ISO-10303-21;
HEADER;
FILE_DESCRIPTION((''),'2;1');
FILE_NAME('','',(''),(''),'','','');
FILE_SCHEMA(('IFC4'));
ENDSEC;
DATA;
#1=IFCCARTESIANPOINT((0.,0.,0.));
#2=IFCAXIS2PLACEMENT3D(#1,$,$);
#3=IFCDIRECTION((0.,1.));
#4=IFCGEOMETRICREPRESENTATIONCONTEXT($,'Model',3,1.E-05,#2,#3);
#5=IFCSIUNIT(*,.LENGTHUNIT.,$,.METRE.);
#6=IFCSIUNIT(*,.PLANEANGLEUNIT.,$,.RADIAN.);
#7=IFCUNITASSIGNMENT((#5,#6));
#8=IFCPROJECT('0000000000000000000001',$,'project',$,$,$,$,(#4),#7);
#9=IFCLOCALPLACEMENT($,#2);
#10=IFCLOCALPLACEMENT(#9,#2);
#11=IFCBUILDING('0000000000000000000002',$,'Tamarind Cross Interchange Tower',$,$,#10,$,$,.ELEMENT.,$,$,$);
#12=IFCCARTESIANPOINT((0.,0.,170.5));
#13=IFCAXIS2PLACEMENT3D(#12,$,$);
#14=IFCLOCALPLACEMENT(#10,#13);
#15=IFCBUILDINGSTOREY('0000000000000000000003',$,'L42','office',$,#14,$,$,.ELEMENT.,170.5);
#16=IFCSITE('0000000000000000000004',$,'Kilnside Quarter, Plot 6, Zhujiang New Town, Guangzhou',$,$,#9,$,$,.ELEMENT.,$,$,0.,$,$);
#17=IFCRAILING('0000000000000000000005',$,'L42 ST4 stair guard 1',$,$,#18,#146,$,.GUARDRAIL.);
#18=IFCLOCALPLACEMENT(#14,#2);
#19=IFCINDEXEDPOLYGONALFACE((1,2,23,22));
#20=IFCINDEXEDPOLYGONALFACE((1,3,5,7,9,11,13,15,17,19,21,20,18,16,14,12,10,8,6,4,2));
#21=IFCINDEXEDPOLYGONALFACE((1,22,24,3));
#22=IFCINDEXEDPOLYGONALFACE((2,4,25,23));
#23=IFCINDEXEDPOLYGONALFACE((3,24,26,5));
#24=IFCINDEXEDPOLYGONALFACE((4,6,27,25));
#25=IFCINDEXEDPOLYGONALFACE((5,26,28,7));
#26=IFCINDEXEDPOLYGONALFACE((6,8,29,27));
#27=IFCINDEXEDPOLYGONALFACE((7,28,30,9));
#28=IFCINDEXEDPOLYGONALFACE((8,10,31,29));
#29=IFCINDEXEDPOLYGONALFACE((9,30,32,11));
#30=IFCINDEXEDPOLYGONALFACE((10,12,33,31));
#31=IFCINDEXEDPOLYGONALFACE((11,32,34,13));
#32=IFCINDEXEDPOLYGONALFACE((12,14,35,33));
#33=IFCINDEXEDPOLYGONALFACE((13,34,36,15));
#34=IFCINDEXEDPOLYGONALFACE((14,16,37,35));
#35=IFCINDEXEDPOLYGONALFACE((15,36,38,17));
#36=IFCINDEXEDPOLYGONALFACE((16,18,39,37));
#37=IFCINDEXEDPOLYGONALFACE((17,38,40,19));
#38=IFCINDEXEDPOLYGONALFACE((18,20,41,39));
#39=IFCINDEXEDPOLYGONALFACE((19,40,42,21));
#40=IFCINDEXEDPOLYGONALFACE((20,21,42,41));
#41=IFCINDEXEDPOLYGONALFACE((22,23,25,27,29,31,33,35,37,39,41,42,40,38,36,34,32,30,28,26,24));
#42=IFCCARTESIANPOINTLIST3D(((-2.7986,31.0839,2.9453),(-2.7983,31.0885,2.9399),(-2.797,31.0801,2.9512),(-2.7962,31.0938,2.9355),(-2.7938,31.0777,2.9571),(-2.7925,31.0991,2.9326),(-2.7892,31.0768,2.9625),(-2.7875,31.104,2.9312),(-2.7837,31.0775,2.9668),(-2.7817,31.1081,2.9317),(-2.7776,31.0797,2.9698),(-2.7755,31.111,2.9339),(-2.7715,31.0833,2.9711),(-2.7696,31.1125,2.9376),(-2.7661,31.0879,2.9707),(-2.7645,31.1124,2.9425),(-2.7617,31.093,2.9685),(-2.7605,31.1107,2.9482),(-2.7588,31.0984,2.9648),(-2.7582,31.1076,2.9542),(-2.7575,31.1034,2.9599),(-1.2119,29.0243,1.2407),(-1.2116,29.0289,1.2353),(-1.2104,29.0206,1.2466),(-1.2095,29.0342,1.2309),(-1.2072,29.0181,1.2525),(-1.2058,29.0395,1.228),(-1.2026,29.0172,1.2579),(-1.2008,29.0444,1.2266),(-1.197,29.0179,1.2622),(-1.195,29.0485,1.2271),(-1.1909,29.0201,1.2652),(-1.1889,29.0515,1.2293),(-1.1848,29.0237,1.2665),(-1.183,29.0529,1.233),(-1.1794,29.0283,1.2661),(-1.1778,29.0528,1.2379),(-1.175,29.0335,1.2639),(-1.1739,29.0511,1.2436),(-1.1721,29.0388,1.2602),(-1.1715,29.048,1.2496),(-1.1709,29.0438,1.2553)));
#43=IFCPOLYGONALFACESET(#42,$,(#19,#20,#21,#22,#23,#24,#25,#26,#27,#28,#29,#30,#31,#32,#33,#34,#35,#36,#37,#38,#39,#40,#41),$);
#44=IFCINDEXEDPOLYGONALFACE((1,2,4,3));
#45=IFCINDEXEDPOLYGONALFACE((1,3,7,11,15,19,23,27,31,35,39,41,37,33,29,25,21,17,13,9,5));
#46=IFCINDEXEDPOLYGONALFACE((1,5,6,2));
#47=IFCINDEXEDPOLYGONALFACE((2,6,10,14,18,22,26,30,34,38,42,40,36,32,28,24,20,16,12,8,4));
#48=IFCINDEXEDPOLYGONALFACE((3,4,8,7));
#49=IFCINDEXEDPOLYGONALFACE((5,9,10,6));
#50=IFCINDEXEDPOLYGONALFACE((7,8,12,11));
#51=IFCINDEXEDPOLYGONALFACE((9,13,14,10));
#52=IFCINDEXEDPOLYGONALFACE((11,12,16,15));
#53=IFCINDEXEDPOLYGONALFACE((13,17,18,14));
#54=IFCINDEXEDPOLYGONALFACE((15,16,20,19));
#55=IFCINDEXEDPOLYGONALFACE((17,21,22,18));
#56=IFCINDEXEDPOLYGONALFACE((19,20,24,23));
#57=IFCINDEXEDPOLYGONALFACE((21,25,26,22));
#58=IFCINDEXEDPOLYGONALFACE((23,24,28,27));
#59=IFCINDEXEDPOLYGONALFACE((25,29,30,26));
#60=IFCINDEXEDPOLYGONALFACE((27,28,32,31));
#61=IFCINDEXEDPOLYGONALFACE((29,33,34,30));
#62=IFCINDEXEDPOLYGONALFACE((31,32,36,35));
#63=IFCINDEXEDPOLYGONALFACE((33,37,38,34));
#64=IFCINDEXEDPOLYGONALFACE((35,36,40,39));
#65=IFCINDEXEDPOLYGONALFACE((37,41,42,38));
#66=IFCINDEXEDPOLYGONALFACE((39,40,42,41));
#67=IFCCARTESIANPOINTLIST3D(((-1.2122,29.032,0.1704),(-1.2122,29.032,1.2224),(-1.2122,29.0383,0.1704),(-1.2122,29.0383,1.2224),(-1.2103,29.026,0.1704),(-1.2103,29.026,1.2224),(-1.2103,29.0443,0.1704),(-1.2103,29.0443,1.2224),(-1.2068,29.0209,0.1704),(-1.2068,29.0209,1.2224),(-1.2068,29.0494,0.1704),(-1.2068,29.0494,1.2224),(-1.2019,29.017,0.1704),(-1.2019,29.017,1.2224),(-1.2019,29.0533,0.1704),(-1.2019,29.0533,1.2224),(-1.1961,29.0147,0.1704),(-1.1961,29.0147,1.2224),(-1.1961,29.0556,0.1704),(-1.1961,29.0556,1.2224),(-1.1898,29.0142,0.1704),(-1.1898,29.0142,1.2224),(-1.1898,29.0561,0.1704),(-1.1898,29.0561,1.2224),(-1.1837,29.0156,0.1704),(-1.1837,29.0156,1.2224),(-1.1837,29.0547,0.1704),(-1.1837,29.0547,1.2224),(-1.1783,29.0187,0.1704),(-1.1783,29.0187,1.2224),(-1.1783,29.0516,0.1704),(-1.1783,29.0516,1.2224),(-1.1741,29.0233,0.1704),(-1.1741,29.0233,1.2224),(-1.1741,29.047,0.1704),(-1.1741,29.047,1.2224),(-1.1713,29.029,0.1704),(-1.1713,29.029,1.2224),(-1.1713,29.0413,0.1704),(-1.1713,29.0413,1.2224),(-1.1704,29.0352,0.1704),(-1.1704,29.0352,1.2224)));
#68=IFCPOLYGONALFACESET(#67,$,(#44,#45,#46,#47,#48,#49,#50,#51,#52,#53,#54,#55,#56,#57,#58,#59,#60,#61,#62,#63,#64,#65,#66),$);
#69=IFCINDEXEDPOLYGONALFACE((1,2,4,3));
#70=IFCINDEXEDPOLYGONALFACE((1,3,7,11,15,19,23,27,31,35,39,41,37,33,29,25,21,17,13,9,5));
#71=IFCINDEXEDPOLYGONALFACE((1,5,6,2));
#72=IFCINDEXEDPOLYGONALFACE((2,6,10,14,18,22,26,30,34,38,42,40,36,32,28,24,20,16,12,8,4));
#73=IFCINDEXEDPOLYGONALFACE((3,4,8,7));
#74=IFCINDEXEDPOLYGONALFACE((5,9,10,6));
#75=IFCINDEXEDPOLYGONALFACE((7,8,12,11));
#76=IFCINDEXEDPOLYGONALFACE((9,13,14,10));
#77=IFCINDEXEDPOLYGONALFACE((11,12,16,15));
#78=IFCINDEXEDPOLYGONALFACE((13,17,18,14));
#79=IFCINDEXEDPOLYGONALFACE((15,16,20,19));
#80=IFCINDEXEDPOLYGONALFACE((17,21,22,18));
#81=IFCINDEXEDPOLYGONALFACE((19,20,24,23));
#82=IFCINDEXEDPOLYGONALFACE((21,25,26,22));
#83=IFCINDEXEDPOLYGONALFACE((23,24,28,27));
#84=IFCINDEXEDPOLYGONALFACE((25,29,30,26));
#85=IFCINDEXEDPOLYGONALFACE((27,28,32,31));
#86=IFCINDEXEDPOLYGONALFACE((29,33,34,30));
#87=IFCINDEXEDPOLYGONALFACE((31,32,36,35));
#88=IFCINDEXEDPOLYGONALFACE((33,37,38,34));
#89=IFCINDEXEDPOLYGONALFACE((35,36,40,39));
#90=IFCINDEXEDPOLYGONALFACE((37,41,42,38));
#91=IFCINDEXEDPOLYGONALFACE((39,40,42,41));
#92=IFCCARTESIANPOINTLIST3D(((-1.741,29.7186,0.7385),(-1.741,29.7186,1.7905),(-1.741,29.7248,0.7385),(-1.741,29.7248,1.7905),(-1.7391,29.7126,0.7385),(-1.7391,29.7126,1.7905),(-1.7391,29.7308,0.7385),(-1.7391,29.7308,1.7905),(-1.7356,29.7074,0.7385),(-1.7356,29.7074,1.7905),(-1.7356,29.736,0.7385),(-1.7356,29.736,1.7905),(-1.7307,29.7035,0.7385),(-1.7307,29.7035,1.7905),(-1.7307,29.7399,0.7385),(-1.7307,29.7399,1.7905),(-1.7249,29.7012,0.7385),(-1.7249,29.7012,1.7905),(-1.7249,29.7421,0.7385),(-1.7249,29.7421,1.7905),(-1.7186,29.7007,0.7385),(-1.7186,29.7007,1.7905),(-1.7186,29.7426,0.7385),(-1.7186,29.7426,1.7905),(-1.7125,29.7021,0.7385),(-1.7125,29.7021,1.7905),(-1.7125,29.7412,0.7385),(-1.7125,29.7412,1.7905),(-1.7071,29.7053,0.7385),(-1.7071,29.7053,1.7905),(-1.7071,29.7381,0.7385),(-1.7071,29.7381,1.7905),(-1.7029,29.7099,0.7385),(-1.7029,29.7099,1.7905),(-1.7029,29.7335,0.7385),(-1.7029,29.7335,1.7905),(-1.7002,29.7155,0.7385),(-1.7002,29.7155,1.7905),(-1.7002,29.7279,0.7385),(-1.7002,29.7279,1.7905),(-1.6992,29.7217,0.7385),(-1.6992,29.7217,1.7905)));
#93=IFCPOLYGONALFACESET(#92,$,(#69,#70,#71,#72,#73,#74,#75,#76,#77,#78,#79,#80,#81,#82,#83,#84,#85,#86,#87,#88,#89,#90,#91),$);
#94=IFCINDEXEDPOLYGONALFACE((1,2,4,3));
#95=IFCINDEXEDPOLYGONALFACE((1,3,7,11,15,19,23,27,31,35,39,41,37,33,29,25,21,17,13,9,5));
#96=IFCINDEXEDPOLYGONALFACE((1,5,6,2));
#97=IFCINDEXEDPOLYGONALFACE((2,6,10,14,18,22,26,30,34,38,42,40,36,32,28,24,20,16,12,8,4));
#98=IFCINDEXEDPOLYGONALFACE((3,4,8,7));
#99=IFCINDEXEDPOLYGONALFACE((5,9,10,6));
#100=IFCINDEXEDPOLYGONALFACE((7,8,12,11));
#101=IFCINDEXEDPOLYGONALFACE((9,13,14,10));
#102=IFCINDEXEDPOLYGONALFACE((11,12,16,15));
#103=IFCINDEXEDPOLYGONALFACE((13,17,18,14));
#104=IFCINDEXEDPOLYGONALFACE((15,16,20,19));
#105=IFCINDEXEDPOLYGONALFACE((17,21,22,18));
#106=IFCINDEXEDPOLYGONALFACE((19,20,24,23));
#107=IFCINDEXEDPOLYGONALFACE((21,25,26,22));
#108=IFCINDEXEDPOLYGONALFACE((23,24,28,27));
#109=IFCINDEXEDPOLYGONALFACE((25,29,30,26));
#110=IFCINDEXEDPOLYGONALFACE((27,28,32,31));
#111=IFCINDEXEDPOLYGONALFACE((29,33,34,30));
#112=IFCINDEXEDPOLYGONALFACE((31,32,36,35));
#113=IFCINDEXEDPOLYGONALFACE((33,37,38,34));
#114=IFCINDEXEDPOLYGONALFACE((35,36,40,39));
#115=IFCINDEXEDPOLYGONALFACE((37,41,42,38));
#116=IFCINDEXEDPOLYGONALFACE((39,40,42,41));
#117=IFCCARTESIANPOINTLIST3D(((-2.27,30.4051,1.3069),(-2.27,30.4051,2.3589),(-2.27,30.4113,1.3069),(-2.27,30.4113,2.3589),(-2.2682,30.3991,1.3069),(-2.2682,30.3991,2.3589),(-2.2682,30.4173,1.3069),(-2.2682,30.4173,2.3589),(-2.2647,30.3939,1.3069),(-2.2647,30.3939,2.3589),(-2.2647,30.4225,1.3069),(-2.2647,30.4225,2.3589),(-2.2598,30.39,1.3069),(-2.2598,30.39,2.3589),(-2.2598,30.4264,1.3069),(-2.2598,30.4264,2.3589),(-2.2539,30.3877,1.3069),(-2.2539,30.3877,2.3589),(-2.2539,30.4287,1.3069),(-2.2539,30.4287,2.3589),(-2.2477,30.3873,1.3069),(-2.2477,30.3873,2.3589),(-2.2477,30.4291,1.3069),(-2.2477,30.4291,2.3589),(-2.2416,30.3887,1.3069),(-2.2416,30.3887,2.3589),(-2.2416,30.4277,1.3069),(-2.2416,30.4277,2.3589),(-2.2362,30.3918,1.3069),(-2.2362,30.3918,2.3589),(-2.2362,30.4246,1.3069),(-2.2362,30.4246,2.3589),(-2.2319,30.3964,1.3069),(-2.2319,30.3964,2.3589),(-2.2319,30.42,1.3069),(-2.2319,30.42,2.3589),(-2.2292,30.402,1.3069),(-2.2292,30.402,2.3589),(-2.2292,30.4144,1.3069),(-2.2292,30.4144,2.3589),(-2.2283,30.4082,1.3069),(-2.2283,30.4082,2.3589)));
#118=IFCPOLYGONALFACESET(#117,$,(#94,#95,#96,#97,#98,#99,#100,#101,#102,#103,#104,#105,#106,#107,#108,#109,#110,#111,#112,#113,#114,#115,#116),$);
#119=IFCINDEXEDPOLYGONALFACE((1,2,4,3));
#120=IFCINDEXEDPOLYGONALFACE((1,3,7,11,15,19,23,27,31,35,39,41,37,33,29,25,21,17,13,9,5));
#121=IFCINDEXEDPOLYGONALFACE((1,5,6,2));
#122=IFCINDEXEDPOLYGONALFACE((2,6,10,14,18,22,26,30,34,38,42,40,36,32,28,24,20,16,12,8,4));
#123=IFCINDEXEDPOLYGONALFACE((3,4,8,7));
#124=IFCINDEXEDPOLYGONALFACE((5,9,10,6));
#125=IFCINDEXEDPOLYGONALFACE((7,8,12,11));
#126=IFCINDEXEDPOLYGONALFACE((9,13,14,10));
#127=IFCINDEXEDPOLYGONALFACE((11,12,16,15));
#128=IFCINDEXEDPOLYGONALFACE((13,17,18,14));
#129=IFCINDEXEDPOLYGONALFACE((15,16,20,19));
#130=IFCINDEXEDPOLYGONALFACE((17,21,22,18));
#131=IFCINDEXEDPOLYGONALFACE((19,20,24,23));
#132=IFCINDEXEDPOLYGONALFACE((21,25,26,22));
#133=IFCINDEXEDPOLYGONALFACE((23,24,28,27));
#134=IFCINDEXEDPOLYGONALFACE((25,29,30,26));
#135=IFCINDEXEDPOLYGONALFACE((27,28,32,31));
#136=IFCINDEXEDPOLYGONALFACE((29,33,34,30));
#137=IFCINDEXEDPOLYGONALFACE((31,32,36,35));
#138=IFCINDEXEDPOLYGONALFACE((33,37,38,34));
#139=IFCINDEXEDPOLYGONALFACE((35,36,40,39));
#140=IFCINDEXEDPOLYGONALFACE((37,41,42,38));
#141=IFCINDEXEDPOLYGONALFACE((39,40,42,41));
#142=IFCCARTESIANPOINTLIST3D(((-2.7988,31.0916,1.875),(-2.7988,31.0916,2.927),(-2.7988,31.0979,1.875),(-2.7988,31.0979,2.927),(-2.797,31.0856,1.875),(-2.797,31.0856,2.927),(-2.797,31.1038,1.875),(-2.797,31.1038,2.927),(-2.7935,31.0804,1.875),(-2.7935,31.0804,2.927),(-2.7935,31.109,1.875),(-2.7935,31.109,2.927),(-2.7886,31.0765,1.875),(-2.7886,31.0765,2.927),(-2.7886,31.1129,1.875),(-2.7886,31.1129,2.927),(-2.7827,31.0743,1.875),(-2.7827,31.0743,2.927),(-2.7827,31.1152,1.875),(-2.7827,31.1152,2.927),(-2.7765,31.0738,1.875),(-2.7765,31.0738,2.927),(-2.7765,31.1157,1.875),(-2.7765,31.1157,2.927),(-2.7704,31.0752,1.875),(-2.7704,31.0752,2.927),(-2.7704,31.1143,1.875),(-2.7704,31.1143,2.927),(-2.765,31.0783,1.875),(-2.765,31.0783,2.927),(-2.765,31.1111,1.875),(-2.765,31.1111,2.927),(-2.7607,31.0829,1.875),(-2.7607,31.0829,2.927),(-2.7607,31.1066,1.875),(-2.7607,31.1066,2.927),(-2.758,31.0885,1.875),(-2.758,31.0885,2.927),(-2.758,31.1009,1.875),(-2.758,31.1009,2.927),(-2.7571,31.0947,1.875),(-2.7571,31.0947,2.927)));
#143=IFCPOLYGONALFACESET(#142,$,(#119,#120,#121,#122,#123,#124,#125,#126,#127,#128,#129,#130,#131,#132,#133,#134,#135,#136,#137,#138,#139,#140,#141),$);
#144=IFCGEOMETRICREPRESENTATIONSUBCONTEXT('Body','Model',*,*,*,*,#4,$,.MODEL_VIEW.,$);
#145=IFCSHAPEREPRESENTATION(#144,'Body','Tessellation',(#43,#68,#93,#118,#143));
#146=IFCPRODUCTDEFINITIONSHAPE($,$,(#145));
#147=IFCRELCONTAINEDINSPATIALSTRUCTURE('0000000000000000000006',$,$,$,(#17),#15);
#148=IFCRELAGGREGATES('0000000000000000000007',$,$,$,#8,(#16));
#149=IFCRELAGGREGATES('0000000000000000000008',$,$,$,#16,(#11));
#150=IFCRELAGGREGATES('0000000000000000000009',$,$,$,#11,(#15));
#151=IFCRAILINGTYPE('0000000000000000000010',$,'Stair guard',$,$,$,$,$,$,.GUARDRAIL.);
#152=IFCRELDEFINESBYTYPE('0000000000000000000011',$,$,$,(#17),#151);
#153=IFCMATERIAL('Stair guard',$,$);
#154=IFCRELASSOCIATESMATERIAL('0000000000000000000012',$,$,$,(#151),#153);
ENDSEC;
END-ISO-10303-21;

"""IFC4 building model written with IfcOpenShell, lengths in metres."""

from ifc_helpers import new_model, si_unit, direction, frame, origin, origin_2d, place, context, subcontext, project, spatial, circle, extrude, material, type_object, element, save


model = new_model("IFC4")

# Units and contexts
model_context = context("Model", 3, precision=1e-05, world=origin(), true_north=direction((0.0, 1.0)))
body_context = subcontext(model_context, "Body", "Model", "MODEL_VIEW")
ifc_project = project(units=[si_unit("LENGTHUNIT", "METRE"), si_unit("PLANEANGLEUNIT", "RADIAN")], contexts=[model_context])

# Site, building, storey
site_placement = place(None, origin())
site = spatial("IfcSite", under=ifc_project, at=site_placement, Name="Kilnside Quarter, Plot 6, Zhujiang New Town, Guangzhou", CompositionType="ELEMENT", RefElevation=0.0)
building_placement = place(site_placement, origin())
building = spatial("IfcBuilding", under=site, at=building_placement, Name="Tamarind Cross Interchange Tower", CompositionType="ELEMENT")
storey_placement = place(building_placement, frame((0.0, 0.0, 170.5)))
storey = spatial("IfcBuildingStorey", under=building, at=storey_placement, Name="L42", Description="office", CompositionType="ELEMENT", Elevation=170.5)

# Railing
ifc_material_1 = material(Name="Stair guard")
railing_type_1 = type_object("IfcRailingType", Name="Stair guard", PredefinedType="GUARDRAIL", material=ifc_material_1)
railing_1_placement = place(storey_placement, frame((-1.1914, 29.0352, 0.1704)))
element("IfcRailing", 1, at=railing_1_placement, inside=storey, type_object=railing_type_1, Name="L42 ST4 stair guard 1", PredefinedType="GUARDRAIL", context=body_context, shape_type="SweptSolid", body=[
    extrude(circle(Radius=0.0239, at=origin_2d()), frame((0.0, 0.0, 1.0762), z_axis=(-0.510371, 0.662485, 0.548302), x_axis=(-0.79218, -0.610287, 0.0)), (0.0, 0.0, 1.0), 3.1089),
    extrude(circle(Radius=0.021, at=origin_2d()), origin(), (0.0, 0.0, 1.0), 1.052),
    extrude(circle(Radius=0.021, at=origin_2d()), frame((-0.5288, 0.6865, 0.5681)), (0.0, 0.0, 1.0), 1.052),
    extrude(circle(Radius=0.021, at=origin_2d()), frame((-1.0579, 1.373, 1.1365)), (0.0, 0.0, 1.0), 1.052),
    extrude(circle(Radius=0.021, at=origin_2d()), frame((-1.5867, 2.0596, 1.7046)), (0.0, 0.0, 1.0), 1.052),
])

save(model, "model.ifc")
